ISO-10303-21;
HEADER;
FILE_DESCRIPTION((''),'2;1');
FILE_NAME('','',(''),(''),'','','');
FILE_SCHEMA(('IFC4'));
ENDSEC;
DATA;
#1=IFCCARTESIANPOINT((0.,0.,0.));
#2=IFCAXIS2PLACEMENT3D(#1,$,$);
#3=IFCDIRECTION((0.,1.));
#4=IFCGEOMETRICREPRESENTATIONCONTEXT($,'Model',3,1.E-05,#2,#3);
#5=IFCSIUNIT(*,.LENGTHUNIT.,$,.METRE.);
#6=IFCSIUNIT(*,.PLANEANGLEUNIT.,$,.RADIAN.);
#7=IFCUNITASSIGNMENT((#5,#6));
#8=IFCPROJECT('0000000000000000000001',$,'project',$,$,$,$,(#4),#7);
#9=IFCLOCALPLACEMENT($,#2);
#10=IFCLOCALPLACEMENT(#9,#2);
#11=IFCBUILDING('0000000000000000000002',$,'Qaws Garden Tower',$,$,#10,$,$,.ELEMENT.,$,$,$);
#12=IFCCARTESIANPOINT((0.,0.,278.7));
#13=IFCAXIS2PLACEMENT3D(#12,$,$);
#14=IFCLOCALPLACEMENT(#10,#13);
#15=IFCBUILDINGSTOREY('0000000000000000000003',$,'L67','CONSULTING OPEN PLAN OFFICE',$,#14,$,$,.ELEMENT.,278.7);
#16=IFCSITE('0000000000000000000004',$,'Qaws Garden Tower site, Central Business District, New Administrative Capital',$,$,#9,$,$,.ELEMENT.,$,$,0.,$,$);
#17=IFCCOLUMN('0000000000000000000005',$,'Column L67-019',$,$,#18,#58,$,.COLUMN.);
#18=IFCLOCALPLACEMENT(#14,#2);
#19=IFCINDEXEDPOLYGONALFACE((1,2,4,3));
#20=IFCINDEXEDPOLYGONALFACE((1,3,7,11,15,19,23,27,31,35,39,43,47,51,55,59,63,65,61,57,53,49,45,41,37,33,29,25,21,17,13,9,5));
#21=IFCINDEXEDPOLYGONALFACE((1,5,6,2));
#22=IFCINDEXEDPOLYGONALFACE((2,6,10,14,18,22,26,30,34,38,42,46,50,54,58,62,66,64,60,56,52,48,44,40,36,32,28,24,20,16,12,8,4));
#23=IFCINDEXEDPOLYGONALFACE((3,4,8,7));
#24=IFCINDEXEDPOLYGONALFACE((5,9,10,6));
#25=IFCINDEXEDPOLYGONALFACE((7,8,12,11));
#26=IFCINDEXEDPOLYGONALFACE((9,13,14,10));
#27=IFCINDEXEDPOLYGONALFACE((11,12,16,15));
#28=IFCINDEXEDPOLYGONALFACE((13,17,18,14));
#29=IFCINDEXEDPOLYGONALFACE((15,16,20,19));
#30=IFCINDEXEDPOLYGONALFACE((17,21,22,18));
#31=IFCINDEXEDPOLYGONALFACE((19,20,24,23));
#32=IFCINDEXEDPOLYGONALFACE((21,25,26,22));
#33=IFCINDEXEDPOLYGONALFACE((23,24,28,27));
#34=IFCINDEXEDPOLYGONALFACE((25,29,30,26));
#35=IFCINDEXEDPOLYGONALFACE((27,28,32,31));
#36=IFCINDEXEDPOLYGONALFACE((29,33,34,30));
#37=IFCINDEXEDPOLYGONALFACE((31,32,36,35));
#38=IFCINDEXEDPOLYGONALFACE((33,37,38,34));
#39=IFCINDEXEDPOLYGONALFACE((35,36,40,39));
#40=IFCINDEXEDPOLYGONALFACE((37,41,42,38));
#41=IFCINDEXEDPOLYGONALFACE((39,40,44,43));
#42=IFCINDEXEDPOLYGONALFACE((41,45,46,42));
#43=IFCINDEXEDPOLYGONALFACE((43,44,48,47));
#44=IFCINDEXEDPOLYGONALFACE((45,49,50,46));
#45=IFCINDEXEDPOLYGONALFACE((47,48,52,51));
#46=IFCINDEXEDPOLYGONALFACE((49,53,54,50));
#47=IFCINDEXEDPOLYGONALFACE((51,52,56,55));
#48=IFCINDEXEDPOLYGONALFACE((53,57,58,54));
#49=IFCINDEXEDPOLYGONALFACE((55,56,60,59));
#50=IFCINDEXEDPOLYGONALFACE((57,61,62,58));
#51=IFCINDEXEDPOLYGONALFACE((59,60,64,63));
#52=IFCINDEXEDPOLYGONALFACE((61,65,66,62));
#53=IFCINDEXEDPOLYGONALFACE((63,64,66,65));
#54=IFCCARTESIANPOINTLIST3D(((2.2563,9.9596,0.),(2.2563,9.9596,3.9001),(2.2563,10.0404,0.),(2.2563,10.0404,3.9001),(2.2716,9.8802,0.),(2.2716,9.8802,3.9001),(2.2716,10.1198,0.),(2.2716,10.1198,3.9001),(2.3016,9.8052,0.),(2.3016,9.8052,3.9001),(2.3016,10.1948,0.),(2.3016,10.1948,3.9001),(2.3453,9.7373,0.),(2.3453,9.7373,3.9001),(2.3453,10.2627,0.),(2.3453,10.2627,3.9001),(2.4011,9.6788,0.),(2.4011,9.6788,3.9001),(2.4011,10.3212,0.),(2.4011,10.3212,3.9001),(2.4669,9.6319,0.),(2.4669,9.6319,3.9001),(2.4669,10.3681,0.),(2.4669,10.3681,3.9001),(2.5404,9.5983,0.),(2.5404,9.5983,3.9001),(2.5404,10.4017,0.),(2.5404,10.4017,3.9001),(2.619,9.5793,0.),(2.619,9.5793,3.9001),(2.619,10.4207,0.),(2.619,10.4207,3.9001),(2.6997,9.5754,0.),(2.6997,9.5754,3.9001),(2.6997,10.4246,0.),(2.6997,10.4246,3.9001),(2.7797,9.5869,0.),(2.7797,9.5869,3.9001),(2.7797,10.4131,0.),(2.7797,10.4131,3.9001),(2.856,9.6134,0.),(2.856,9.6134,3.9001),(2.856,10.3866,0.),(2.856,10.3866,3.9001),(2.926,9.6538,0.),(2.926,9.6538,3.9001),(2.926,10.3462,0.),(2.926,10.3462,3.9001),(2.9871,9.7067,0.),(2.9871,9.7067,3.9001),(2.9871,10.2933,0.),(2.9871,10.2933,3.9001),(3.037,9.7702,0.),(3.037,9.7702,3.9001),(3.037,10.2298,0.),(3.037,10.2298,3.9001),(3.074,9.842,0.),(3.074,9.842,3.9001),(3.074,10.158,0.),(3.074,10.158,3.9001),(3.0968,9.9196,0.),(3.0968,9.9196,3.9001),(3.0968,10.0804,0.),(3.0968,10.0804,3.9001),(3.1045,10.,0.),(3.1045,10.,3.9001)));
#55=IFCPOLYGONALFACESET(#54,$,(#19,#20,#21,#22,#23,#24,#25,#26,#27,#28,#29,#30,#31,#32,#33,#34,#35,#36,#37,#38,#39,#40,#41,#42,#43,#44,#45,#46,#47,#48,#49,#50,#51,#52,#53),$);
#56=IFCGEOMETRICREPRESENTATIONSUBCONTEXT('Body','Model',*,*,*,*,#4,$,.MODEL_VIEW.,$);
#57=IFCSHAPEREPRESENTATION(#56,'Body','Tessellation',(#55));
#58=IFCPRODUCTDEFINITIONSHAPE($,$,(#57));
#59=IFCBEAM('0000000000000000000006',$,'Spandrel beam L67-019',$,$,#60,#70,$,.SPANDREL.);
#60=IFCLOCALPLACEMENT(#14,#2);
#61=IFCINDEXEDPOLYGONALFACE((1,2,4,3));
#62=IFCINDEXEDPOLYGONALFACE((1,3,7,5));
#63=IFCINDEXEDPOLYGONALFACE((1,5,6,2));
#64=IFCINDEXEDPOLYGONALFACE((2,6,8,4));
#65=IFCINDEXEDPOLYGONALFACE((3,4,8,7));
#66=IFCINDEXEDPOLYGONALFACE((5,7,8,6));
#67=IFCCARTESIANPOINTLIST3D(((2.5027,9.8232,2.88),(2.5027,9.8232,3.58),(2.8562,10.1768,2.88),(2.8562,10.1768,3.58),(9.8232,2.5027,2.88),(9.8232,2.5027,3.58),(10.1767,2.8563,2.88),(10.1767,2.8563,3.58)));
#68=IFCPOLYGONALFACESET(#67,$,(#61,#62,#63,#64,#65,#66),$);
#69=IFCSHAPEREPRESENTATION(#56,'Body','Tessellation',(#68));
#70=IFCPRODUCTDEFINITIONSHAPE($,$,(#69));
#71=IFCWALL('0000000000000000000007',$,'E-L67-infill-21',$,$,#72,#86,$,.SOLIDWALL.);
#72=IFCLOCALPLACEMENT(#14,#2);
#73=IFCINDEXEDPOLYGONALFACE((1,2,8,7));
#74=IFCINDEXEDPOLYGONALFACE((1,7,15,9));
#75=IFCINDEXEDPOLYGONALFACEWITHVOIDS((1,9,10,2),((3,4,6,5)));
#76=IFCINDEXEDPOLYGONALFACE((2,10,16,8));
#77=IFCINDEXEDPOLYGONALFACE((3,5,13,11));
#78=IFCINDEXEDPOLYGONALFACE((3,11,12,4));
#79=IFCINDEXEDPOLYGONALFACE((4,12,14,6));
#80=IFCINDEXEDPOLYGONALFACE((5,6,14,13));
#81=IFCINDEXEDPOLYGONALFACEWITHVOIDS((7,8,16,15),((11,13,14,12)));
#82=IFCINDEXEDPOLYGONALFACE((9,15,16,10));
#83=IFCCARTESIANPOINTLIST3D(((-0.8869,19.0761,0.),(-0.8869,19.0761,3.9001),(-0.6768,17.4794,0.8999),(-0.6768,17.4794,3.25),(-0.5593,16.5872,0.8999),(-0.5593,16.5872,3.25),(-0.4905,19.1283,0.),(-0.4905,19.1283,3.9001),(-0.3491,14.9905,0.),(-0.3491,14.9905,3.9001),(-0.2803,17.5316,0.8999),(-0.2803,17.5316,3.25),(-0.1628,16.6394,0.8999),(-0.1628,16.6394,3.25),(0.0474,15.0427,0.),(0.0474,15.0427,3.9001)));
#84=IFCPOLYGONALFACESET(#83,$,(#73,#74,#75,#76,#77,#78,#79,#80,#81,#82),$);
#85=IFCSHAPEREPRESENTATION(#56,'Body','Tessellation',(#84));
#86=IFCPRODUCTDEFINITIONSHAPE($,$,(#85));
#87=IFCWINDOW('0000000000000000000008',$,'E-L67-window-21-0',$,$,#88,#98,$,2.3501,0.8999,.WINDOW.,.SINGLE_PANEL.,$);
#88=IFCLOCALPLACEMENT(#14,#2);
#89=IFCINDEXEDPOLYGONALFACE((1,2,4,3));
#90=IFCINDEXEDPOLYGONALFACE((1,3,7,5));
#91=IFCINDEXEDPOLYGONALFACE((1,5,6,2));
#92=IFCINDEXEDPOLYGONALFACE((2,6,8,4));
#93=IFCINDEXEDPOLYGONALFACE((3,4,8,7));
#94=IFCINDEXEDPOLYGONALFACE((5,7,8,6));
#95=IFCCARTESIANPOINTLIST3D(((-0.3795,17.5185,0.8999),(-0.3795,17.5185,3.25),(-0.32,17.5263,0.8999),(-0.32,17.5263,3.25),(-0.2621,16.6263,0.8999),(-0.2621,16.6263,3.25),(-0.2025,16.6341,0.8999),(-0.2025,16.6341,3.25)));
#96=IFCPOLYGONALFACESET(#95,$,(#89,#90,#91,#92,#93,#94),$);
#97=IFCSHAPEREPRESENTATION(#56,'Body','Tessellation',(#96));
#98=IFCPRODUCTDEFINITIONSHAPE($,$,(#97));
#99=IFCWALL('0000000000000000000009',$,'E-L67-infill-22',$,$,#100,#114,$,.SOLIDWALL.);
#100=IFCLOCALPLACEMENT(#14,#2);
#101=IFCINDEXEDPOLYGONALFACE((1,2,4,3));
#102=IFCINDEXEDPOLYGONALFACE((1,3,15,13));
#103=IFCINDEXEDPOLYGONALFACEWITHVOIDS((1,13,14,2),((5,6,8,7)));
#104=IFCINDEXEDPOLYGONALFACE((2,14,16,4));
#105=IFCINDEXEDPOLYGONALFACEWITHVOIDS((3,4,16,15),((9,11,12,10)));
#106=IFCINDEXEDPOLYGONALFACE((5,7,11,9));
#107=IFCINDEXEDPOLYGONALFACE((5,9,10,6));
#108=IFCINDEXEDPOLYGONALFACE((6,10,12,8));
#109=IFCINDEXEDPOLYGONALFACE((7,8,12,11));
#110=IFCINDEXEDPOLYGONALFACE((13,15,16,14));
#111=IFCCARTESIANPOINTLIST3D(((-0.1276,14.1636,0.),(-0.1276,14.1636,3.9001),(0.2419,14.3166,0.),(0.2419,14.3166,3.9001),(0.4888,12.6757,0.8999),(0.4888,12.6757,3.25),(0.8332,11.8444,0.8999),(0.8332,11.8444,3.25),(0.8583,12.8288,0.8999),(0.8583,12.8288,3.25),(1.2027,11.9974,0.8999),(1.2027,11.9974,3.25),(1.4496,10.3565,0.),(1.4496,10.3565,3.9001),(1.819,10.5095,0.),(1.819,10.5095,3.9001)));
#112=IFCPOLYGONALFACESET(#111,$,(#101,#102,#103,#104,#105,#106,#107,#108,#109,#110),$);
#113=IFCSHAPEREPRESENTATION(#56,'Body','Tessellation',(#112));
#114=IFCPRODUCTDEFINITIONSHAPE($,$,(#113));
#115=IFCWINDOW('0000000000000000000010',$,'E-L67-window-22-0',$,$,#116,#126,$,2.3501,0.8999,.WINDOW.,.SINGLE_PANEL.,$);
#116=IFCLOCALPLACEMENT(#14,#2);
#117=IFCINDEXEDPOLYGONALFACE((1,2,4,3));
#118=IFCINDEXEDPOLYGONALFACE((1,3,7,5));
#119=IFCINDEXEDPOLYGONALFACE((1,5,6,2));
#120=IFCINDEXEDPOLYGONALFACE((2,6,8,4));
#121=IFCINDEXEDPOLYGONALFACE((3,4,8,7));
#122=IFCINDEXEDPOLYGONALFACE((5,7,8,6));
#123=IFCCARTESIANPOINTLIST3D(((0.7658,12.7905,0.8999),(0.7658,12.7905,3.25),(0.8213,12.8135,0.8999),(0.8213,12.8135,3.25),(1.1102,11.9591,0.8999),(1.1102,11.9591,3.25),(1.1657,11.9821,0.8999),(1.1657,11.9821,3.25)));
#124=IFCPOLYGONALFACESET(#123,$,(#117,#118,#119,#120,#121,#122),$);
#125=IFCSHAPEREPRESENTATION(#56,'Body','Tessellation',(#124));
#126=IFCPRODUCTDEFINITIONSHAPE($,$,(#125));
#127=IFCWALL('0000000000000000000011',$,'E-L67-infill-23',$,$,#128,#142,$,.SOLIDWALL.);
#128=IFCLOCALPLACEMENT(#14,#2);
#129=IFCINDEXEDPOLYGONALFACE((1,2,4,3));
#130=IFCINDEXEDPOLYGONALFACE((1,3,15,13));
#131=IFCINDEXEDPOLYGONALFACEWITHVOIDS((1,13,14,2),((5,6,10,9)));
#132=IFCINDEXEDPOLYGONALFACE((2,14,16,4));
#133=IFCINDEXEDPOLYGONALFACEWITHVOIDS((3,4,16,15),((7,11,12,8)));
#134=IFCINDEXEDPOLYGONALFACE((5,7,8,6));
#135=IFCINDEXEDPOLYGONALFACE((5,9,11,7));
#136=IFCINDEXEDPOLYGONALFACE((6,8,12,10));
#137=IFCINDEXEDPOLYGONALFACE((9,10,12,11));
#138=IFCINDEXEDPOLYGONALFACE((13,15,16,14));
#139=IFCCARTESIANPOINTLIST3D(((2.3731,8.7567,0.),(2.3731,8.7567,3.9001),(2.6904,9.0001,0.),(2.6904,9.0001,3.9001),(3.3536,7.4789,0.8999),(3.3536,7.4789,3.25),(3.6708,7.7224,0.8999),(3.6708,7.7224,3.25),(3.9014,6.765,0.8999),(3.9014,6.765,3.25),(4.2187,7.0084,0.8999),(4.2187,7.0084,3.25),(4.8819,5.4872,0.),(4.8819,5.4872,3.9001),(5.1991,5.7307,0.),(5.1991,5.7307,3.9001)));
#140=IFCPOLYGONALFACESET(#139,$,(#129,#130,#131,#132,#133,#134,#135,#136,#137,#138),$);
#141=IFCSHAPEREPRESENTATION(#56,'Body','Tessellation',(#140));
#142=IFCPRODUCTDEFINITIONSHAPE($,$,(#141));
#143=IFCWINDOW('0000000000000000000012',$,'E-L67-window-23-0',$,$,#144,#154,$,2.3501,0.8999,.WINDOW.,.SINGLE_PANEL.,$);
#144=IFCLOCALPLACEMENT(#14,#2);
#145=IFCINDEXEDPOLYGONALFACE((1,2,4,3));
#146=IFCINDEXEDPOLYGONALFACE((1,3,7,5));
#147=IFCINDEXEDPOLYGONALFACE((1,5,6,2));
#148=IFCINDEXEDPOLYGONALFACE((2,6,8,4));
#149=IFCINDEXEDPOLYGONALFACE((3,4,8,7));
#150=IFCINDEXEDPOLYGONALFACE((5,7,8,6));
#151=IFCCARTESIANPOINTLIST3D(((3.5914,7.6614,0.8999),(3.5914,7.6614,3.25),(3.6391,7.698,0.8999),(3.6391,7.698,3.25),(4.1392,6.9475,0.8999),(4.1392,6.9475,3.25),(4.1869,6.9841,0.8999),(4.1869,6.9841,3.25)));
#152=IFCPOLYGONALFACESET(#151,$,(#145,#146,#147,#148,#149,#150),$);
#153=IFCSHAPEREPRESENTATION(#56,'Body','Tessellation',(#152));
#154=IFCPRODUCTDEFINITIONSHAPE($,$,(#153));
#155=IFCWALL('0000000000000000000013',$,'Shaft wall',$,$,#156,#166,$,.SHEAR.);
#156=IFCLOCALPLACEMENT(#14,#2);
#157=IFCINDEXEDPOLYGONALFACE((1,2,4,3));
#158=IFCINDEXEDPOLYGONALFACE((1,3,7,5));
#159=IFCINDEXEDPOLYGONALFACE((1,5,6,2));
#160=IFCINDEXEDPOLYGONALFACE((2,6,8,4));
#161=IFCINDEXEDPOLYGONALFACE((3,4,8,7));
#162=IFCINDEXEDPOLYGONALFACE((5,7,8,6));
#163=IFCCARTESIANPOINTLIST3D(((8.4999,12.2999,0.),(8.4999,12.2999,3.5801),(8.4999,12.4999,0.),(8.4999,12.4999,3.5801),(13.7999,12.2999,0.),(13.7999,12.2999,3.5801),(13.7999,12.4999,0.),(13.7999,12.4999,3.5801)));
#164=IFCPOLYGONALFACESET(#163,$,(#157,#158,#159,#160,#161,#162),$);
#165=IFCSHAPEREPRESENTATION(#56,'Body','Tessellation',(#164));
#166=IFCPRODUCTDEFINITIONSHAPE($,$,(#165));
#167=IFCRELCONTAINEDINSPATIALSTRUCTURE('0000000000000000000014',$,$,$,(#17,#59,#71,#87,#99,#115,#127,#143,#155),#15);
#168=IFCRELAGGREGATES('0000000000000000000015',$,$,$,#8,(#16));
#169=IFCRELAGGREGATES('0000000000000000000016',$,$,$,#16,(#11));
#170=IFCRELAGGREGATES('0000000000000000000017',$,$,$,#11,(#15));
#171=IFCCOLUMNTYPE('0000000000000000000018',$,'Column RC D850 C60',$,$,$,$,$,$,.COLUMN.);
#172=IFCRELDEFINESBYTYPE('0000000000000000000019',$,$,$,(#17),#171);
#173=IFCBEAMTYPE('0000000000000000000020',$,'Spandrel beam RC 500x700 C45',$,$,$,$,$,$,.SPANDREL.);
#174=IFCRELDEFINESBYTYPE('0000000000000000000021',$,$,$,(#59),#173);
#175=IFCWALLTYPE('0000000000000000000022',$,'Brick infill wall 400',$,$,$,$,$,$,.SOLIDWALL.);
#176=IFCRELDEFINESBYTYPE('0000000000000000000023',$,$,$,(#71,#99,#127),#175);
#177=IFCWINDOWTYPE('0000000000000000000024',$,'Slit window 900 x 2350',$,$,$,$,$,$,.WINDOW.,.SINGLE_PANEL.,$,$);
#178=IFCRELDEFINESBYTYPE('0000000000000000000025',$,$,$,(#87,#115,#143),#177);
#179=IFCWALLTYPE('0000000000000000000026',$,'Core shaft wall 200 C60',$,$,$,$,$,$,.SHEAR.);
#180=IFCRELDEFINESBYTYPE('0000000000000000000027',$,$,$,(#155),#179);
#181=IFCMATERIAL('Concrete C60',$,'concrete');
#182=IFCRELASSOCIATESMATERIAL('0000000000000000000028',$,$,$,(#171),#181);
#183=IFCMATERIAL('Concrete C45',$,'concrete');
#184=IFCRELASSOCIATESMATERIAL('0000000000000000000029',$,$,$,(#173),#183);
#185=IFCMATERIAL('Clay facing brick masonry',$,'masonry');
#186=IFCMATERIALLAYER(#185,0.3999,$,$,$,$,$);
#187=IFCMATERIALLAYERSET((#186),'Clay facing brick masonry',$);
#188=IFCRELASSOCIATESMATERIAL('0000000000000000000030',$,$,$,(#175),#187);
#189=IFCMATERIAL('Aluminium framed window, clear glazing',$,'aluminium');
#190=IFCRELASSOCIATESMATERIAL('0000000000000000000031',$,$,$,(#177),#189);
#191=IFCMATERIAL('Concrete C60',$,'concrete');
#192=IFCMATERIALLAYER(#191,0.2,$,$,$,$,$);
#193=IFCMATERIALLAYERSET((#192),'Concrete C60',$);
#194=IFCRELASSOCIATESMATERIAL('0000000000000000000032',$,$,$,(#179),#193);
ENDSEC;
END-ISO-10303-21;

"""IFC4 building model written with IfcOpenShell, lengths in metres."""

from ifc_helpers import new_model, si_unit, direction, frame, frame_2d, origin, origin_2d, place, context, subcontext, project, spatial, rectangle, circle, extrude, material, layer, layer_set, material_profile, profile_set, type_object, element, fill, save


model = new_model("IFC4")

# Units and contexts
model_context = context("Model", 3, precision=1e-05, world=origin(), true_north=direction((0.0, 1.0)))
body_context = subcontext(model_context, "Body", "Model", "MODEL_VIEW")
ifc_project = project(units=[si_unit("LENGTHUNIT", "METRE"), si_unit("PLANEANGLEUNIT", "RADIAN")], contexts=[model_context])

# Site, building, storey
site_placement = place(None, origin())
site = spatial("IfcSite", under=ifc_project, at=site_placement, Name="Qaws Garden Tower site, Central Business District, New Administrative Capital", CompositionType="ELEMENT", RefElevation=0.0)
building_placement = place(site_placement, origin())
building = spatial("IfcBuilding", under=site, at=building_placement, Name="Qaws Garden Tower", CompositionType="ELEMENT")
storey_placement = place(building_placement, frame((0.0, 0.0, 278.7)))
storey = spatial("IfcBuildingStorey", under=building, at=storey_placement, Name="L67", Description="CONSULTING OPEN PLAN OFFICE", CompositionType="ELEMENT", Elevation=278.7)

# Column
ifc_material_1 = material(Name="Concrete C60", Category="concrete")
ifc_material_profile_1 = material_profile(ifc_material_1, circle(Radius=0.425, at=origin_2d()), Name="RC D850")
ifc_profile_set_1 = profile_set([ifc_material_profile_1], Name="Concrete C60")
column_type = type_object("IfcColumnType", Name="Column RC D850 C60", PredefinedType="COLUMN", material=ifc_profile_set_1)
column_placement = place(storey_placement, frame((2.6794, 10.0, 0.0), z_axis=(0.0, 0.0, 1.0), x_axis=(1.0, 0.0, 0.0)))
element("IfcColumn", 1, at=column_placement, inside=storey, type_object=column_type, Name="Column L67-019", PredefinedType="COLUMN", context=body_context, shape_type="SweptSolid", body=[
    extrude(circle(Radius=0.425, at=origin_2d()), origin(), (0.0, 0.0, 1.0), 3.9001),
])

# Beam
ifc_material_2 = material(Name="Concrete C45", Category="concrete")
ifc_material_profile_2 = material_profile(ifc_material_2, rectangle(XDim=0.5, YDim=0.7, at=origin_2d()), Name="RC 500x700")
ifc_profile_set_2 = profile_set([ifc_material_profile_2], Name="Concrete C45")
beam_type = type_object("IfcBeamType", Name="Spandrel beam RC 500x700 C45", PredefinedType="SPANDREL", material=ifc_profile_set_2)
beam_placement = place(storey_placement, frame((2.6794, 10.0, 3.23), z_axis=(0.707107, -0.707107, 0.0), x_axis=(0.707107, 0.707107, 0.0)))
element("IfcBeam", 2, at=beam_placement, inside=storey, type_object=beam_type, Name="Spandrel beam L67-019", PredefinedType="SPANDREL", context=body_context, shape_type="SweptSolid", body=[
    extrude(rectangle(XDim=0.5, YDim=0.7, at=origin_2d()), origin(), (0.0, 0.0, 1.0), 10.3528),
])

# Walls, openings, windows
ifc_material_3 = material(Name="Clay facing brick masonry", Category="masonry")
ifc_layer_1 = layer(ifc_material_3, 0.3999)
ifc_layer_set_1 = layer_set([ifc_layer_1], Name="Clay facing brick masonry")
wall_type_1 = type_object("IfcWallType", Name="Brick infill wall 400", PredefinedType="SOLIDWALL", material=ifc_layer_set_1)
wall_1_placement = place(storey_placement, frame((-0.6887, 19.1023, 0.0), z_axis=(0.0, 0.0, 1.0), x_axis=(0.130514, -0.991446, 0.0)))
wall_1 = element("IfcWall", 3, at=wall_1_placement, inside=storey, type_object=wall_type_1, Name="E-L67-infill-21", PredefinedType="SOLIDWALL", context=body_context, shape_type="SweptSolid", body=[
    extrude(rectangle(XDim=4.1208, YDim=0.3999, at=frame_2d((2.0605, 0.0))), origin(), (0.0, 0.0, 1.0), 3.9001),
])
opening_1_placement = place(wall_1_placement, frame((1.6106, 0.0, 0.8999)))
opening_1 = element("IfcOpeningElement", 4, at=opening_1_placement, cuts=wall_1, PredefinedType="OPENING", context=body_context, shape_type="SweptSolid", body=[
    extrude(rectangle(XDim=0.8999, YDim=2.3501, at=frame_2d((0.45, 1.175))), frame((0.0, 0.21, 0.0), z_axis=(0.0, -1.0, 0.0), x_axis=(1.0, 0.0, 0.0)), (0.0, 0.0, 1.0), 0.4199),
])
ifc_material_4 = material(Name="Aluminium framed window, clear glazing", Category="aluminium")
window_type = type_object("IfcWindowType", Name="Slit window 900 x 2350", PartitioningType="SINGLE_PANEL", PredefinedType="WINDOW", material=ifc_material_4)
window_1_placement = place(opening_1_placement, origin())
window_1 = element("IfcWindow", 5, at=window_1_placement, inside=storey, type_object=window_type, Name="E-L67-window-21-0", OverallHeight=2.3501, OverallWidth=0.8999, PartitioningType="SINGLE_PANEL", PredefinedType="WINDOW", context=body_context, shape_type="SweptSolid", body=[
    extrude(rectangle(XDim=0.8999, YDim=2.3501, at=frame_2d((0.45, 1.175))), frame((0.0, 0.1599, 0.0), z_axis=(0.0, -1.0, 0.0), x_axis=(1.0, 0.0, 0.0)), (0.0, 0.0, 1.0), 0.0601),
])
fill(opening_1, window_1)
wall_2_placement = place(storey_placement, frame((0.0571, 14.2402, 0.0), z_axis=(0.0, 0.0, 1.0), x_axis=(0.382722, -0.923864, 0.0)))
wall_2 = element("IfcWall", 6, at=wall_2_placement, inside=storey, type_object=wall_type_1, Name="E-L67-infill-22", PredefinedType="SOLIDWALL", context=body_context, shape_type="SweptSolid", body=[
    extrude(rectangle(XDim=4.1208, YDim=0.3999, at=frame_2d((2.0605, 0.0))), origin(), (0.0, 0.0, 1.0), 3.9001),
])
opening_2_placement = place(wall_2_placement, frame((1.6106, 0.0, 0.8999)))
opening_2 = element("IfcOpeningElement", 7, at=opening_2_placement, cuts=wall_2, PredefinedType="OPENING", context=body_context, shape_type="SweptSolid", body=[
    extrude(rectangle(XDim=0.8999, YDim=2.3501, at=frame_2d((0.45, 1.175))), frame((0.0, 0.21, 0.0), z_axis=(0.0, -1.0, 0.0), x_axis=(1.0, 0.0, 0.0)), (0.0, 0.0, 1.0), 0.4199),
])
window_2_placement = place(opening_2_placement, origin())
window_2 = element("IfcWindow", 8, at=window_2_placement, inside=storey, type_object=window_type, Name="E-L67-window-22-0", OverallHeight=2.3501, OverallWidth=0.8999, PartitioningType="SINGLE_PANEL", PredefinedType="WINDOW", context=body_context, shape_type="SweptSolid", body=[
    extrude(rectangle(XDim=0.8999, YDim=2.3501, at=frame_2d((0.45, 1.175))), frame((0.0, 0.1599, 0.0), z_axis=(0.0, -1.0, 0.0), x_axis=(1.0, 0.0, 0.0)), (0.0, 0.0, 1.0), 0.0601),
])
fill(opening_2, window_2)
wall_3_placement = place(storey_placement, frame((2.5317, 8.8784, 0.0), z_axis=(0.0, 0.0, 1.0), x_axis=(0.60876, -0.793355, 0.0)))
wall_3 = element("IfcWall", 9, at=wall_3_placement, inside=storey, type_object=wall_type_1, Name="E-L67-infill-23", PredefinedType="SOLIDWALL", context=body_context, shape_type="SweptSolid", body=[
    extrude(rectangle(XDim=4.1211, YDim=0.3999, at=frame_2d((2.0605, 0.0))), origin(), (0.0, 0.0, 1.0), 3.9001),
])
opening_3_placement = place(wall_3_placement, frame((1.6106, 0.0, 0.8999)))
opening_3 = element("IfcOpeningElement", 10, at=opening_3_placement, cuts=wall_3, PredefinedType="OPENING", context=body_context, shape_type="SweptSolid", body=[
    extrude(rectangle(XDim=0.8999, YDim=2.3501, at=frame_2d((0.45, 1.175))), frame((0.0, 0.21, 0.0), z_axis=(0.0, -1.0, 0.0), x_axis=(1.0, 0.0, 0.0)), (0.0, 0.0, 1.0), 0.4199),
])
window_3_placement = place(opening_3_placement, origin())
window_3 = element("IfcWindow", 11, at=window_3_placement, inside=storey, type_object=window_type, Name="E-L67-window-23-0", OverallHeight=2.3501, OverallWidth=0.8999, PartitioningType="SINGLE_PANEL", PredefinedType="WINDOW", context=body_context, shape_type="SweptSolid", body=[
    extrude(rectangle(XDim=0.8999, YDim=2.3501, at=frame_2d((0.45, 1.175))), frame((0.0, 0.1599, 0.0), z_axis=(0.0, -1.0, 0.0), x_axis=(1.0, 0.0, 0.0)), (0.0, 0.0, 1.0), 0.0601),
])
fill(opening_3, window_3)

# Wall
ifc_material_5 = material(Name="Concrete C60", Category="concrete")
ifc_layer_2 = layer(ifc_material_5, 0.2)
ifc_layer_set_2 = layer_set([ifc_layer_2], Name="Concrete C60")
wall_type_2 = type_object("IfcWallType", Name="Core shaft wall 200 C60", PredefinedType="SHEAR", material=ifc_layer_set_2)
wall_4_placement = place(storey_placement, frame((8.5, 12.3999, 0.0), z_axis=(0.0, 0.0, 1.0), x_axis=(1.0, 0.0, 0.0)))
element("IfcWall", 12, at=wall_4_placement, inside=storey, type_object=wall_type_2, Name="Shaft wall", PredefinedType="SHEAR", context=body_context, shape_type="SweptSolid", body=[
    extrude(rectangle(XDim=5.3, YDim=0.2, at=frame_2d((2.6499, 0.0))), origin(), (0.0, 0.0, 1.0), 3.5801),
])

save(model, "model.ifc")
